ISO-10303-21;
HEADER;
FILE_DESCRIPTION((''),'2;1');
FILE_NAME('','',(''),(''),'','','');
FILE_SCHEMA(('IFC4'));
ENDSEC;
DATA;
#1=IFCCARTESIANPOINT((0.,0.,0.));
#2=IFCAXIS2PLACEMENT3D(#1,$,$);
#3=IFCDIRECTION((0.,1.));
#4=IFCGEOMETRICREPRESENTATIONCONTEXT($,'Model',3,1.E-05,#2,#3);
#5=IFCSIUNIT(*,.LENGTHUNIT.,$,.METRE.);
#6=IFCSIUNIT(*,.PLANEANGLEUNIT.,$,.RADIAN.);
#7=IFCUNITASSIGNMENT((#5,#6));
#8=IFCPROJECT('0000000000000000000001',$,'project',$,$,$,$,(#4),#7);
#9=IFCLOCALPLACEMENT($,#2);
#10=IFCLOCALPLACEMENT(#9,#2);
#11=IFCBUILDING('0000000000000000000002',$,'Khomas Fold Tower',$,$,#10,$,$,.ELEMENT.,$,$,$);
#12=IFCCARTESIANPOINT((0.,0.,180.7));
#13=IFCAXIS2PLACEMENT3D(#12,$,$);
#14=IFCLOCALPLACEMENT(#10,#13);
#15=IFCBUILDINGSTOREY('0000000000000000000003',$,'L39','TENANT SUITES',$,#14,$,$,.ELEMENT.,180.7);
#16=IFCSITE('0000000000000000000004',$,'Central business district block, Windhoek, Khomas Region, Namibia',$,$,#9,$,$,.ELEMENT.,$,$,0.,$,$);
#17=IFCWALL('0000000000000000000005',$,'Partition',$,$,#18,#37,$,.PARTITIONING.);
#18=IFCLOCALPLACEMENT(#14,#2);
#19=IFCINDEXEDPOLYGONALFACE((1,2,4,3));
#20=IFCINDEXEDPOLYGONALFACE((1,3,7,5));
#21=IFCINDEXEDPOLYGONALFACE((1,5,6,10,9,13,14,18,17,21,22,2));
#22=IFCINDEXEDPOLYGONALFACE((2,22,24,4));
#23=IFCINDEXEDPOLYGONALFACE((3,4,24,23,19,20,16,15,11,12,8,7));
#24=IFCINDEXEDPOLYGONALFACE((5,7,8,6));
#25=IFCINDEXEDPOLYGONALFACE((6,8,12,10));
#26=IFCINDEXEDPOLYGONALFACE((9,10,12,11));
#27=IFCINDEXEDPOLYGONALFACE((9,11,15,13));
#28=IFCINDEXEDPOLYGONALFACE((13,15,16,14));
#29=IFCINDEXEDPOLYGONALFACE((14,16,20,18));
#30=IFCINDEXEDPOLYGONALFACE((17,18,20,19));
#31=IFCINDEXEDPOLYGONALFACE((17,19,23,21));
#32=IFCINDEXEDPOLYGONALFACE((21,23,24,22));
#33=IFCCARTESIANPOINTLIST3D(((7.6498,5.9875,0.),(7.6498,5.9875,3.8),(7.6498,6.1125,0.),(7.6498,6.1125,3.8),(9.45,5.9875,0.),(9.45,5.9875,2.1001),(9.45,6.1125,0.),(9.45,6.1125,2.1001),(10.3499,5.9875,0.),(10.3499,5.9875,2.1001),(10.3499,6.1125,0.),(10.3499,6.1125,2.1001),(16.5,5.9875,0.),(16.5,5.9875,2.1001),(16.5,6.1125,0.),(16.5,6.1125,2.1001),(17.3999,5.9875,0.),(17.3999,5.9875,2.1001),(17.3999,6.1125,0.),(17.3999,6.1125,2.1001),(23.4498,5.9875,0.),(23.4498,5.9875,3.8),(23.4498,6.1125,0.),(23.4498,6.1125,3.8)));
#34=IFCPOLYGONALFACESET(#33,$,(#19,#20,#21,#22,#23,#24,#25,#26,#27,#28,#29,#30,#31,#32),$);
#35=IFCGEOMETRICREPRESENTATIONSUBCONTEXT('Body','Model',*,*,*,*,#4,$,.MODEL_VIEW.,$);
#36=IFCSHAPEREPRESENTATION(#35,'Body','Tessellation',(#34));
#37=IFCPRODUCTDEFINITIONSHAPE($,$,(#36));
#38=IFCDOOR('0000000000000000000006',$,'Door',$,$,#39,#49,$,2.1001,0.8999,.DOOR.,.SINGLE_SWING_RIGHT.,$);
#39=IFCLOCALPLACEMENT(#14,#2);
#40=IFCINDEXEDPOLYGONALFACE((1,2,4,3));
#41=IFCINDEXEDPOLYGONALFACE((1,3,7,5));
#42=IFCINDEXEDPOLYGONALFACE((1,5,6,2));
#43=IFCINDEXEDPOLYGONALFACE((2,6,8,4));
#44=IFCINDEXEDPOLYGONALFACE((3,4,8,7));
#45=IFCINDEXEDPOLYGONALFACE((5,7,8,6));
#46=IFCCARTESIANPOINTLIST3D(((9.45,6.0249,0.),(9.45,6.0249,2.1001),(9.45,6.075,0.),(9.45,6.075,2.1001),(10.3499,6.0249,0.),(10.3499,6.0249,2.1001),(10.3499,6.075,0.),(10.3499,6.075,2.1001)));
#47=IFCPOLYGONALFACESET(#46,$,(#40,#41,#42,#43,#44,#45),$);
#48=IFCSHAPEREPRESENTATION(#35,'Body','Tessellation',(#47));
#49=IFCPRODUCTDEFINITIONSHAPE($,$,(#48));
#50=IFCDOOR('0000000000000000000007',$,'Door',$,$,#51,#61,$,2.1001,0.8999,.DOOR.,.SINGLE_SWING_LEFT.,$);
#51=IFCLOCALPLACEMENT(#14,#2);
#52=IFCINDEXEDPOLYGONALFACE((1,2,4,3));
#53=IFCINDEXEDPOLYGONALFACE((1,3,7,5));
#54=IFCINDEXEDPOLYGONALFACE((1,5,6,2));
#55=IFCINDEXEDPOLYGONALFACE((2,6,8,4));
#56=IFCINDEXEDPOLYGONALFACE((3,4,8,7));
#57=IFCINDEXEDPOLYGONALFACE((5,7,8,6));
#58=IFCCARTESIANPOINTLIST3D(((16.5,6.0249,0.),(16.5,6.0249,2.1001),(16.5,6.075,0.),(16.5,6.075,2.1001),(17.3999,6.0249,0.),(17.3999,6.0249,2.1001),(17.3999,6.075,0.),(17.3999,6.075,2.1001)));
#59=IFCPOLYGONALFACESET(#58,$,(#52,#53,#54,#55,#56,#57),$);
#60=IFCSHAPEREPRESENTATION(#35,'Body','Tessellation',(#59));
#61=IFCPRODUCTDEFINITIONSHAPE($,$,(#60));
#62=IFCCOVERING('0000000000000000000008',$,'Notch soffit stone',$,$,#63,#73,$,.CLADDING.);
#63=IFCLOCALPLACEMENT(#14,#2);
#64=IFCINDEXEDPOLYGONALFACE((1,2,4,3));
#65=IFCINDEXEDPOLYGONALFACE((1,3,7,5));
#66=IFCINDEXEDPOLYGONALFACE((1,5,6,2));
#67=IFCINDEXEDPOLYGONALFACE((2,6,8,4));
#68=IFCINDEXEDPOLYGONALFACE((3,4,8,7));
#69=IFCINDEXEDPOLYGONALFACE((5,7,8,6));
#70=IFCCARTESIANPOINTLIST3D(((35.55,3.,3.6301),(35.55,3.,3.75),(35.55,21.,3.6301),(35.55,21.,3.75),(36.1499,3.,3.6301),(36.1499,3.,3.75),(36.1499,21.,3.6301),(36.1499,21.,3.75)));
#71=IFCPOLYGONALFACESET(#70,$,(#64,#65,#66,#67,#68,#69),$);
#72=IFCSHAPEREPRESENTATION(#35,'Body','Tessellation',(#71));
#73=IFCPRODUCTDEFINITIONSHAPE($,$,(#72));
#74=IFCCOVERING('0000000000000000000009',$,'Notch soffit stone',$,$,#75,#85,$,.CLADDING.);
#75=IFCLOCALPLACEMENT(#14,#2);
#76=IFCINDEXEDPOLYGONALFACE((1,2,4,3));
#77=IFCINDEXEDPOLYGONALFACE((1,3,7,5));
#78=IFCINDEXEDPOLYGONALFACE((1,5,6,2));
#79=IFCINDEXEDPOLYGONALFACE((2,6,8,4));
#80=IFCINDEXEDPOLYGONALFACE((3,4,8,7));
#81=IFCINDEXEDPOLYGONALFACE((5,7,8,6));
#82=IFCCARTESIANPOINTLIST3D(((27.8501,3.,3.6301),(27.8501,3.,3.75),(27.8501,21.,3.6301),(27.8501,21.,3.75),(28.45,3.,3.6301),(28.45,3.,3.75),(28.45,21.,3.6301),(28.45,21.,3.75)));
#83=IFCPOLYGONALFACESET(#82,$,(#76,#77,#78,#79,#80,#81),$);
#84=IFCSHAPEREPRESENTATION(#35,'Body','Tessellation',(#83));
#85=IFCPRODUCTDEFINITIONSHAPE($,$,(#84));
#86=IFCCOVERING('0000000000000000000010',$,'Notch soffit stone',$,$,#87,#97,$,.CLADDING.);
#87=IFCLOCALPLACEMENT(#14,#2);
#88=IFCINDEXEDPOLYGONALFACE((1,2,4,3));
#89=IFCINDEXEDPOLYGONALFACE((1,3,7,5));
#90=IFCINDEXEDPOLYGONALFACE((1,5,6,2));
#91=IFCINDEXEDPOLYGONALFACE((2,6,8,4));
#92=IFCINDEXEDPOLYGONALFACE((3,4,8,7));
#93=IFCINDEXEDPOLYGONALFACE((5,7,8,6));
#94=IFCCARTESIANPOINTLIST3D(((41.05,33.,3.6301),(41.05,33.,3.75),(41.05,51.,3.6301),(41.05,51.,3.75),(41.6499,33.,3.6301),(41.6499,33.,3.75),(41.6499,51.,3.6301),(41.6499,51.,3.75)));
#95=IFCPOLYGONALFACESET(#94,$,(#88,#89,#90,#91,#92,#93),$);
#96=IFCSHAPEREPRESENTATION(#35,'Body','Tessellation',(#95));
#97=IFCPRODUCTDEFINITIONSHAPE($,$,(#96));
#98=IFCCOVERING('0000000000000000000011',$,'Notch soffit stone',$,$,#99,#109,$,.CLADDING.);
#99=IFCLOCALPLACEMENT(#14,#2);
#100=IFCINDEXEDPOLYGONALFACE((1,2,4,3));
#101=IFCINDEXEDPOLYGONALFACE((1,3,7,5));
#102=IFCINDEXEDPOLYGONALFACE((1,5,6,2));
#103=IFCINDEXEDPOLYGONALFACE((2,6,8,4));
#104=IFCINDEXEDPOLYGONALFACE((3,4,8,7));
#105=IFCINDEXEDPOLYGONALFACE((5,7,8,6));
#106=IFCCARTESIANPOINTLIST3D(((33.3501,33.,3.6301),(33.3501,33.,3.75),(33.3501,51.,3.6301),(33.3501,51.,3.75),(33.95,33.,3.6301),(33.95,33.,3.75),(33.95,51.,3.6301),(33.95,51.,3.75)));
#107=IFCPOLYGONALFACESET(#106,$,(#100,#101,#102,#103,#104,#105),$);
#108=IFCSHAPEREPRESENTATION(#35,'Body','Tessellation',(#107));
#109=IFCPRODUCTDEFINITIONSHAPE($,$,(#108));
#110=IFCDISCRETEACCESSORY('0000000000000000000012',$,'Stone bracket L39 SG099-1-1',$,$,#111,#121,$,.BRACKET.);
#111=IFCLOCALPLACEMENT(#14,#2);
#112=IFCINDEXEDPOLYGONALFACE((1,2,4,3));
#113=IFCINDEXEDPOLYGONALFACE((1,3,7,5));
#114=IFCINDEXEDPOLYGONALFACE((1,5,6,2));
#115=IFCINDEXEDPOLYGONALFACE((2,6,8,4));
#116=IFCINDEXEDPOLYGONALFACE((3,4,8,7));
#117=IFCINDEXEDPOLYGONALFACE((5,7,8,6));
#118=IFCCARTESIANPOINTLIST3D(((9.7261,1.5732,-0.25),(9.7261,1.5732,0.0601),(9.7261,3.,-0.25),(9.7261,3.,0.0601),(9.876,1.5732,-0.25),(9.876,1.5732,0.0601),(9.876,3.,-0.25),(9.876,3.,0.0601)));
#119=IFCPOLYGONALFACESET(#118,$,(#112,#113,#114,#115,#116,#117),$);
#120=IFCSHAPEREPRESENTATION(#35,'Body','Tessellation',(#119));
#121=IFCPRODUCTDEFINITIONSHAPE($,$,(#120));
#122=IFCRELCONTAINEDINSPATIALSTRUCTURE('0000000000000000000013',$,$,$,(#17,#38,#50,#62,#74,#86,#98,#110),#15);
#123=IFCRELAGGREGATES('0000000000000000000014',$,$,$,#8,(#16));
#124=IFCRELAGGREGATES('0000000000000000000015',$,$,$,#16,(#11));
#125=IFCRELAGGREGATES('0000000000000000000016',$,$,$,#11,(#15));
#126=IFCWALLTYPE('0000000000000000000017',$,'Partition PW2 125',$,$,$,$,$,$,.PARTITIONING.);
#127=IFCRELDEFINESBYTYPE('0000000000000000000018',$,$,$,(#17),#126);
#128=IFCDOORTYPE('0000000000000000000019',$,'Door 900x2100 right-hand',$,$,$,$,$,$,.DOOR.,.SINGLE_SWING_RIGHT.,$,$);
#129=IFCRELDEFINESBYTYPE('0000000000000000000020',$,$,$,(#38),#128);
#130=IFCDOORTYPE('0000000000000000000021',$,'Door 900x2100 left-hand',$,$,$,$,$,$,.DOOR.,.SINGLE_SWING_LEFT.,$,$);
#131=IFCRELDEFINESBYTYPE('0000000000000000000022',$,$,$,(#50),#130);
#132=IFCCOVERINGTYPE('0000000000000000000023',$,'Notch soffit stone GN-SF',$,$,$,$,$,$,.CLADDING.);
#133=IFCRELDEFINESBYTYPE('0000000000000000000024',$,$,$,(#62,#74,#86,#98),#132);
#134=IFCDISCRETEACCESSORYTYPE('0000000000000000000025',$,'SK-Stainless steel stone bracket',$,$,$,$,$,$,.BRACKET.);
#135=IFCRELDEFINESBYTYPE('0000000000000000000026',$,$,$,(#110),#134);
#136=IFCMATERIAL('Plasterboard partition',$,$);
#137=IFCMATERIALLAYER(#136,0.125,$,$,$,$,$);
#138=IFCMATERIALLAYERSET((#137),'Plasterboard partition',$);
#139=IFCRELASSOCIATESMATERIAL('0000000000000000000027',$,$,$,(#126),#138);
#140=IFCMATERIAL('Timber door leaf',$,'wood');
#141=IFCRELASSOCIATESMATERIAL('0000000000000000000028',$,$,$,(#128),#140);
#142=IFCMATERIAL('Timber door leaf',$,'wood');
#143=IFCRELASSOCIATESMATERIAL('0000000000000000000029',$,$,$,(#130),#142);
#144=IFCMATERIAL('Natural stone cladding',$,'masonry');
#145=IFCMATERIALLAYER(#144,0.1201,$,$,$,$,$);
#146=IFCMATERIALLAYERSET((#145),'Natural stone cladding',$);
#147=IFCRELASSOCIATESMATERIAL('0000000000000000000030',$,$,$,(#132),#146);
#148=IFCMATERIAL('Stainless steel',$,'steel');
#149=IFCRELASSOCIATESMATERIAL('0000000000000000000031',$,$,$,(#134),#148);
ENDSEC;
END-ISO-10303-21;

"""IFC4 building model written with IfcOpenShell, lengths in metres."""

from ifc_helpers import new_model, si_unit, direction, frame, frame_2d, origin, origin_2d, place, context, subcontext, project, spatial, polyline, rectangle, outline, extrude, source, transform, mapped, material, layer, layer_set, type_object, element, fill, save


model = new_model("IFC4")

# Units and contexts
model_context = context("Model", 3, precision=1e-05, world=origin(), true_north=direction((0.0, 1.0)))
body_context = subcontext(model_context, "Body", "Model", "MODEL_VIEW")
ifc_project = project(units=[si_unit("LENGTHUNIT", "METRE"), si_unit("PLANEANGLEUNIT", "RADIAN")], contexts=[model_context])

# Site, building, storey
site_placement = place(None, origin())
site = spatial("IfcSite", under=ifc_project, at=site_placement, Name="Central business district block, Windhoek, Khomas Region, Namibia", CompositionType="ELEMENT", RefElevation=0.0)
building_placement = place(site_placement, origin())
building = spatial("IfcBuilding", under=site, at=building_placement, Name="Khomas Fold Tower", CompositionType="ELEMENT")
storey_placement = place(building_placement, frame((0.0, 0.0, 180.7)))
storey = spatial("IfcBuildingStorey", under=building, at=storey_placement, Name="L39", Description="TENANT SUITES", CompositionType="ELEMENT", Elevation=180.7)

# Wall, openings, doors
ifc_material_1 = material(Name="Plasterboard partition")
ifc_layer_1 = layer(ifc_material_1, 0.125)
ifc_layer_set_1 = layer_set([ifc_layer_1], Name="Plasterboard partition")
wall_type_1 = type_object("IfcWallType", Name="Partition PW2 125", PredefinedType="PARTITIONING", material=ifc_layer_set_1)
shared_shape_1 = source(origin(), body_context, "Body", "SweptSolid", [
    extrude(rectangle(XDim=15.8, YDim=0.125, at=frame_2d((7.8999, 0.0))), origin(), (0.0, 0.0, 1.0), 3.8),
])
wall_1_placement = place(storey_placement, frame((7.6499, 6.05, 0.0), z_axis=(0.0, 0.0, 1.0), x_axis=(1.0, 0.0, 0.0)))
wall_1 = element("IfcWall", 1, at=wall_1_placement, inside=storey, type_object=wall_type_1, Name="Partition", PredefinedType="PARTITIONING", context=body_context, shape_type="MappedRepresentation", body=[
    mapped(shared_shape_1, transform((0.0, 0.0, 0.0))),
])
shared_shape_2 = source(origin(), body_context, "Body", "SweptSolid", [
    extrude(rectangle(XDim=0.8999, YDim=2.1001, at=frame_2d((0.45, 1.05))), frame((0.0, 0.0725, 0.0), z_axis=(0.0, -1.0, 0.0), x_axis=(1.0, 0.0, 0.0)), (0.0, 0.0, 1.0), 0.145),
])
opening_1_placement = place(wall_1_placement, frame((1.8, 0.0, 0.0)))
opening_1 = element("IfcOpeningElement", 2, at=opening_1_placement, cuts=wall_1, PredefinedType="OPENING", context=body_context, shape_type="MappedRepresentation", body=[
    mapped(shared_shape_2, transform((0.0, 0.0, 0.0))),
])
opening_2_placement = place(wall_1_placement, frame((8.8501, 0.0, 0.0)))
opening_2 = element("IfcOpeningElement", 3, at=opening_2_placement, cuts=wall_1, PredefinedType="OPENING", context=body_context, shape_type="MappedRepresentation", body=[
    mapped(shared_shape_2, transform((0.0, 0.0, 0.0))),
])
ifc_material_2 = material(Name="Timber door leaf", Category="wood")
door_type_1 = type_object("IfcDoorType", Name="Door 900x2100 right-hand", OperationType="SINGLE_SWING_RIGHT", PredefinedType="DOOR", material=ifc_material_2)
shared_shape_3 = source(origin(), body_context, "Body", "SweptSolid", [
    extrude(rectangle(XDim=0.8999, YDim=2.1001, at=frame_2d((0.45, 1.05))), frame((0.0, 0.0249, 0.0), z_axis=(0.0, -1.0, 0.0), x_axis=(1.0, 0.0, 0.0)), (0.0, 0.0, 1.0), 0.05),
])
door_1_placement = place(opening_1_placement, origin())
door_1 = element("IfcDoor", 4, at=door_1_placement, inside=storey, type_object=door_type_1, Name="Door", OperationType="SINGLE_SWING_RIGHT", OverallHeight=2.1001, OverallWidth=0.8999, PredefinedType="DOOR", context=body_context, shape_type="MappedRepresentation", body=[
    mapped(shared_shape_3, transform((0.0, 0.0, 0.0))),
])
fill(opening_1, door_1)
ifc_material_3 = material(Name="Timber door leaf", Category="wood")
door_type_2 = type_object("IfcDoorType", Name="Door 900x2100 left-hand", OperationType="SINGLE_SWING_LEFT", PredefinedType="DOOR", material=ifc_material_3)
door_2_placement = place(opening_2_placement, origin())
door_2 = element("IfcDoor", 5, at=door_2_placement, inside=storey, type_object=door_type_2, Name="Door", OperationType="SINGLE_SWING_LEFT", OverallHeight=2.1001, OverallWidth=0.8999, PredefinedType="DOOR", context=body_context, shape_type="MappedRepresentation", body=[
    mapped(shared_shape_3, transform((0.0, 0.0, 0.0))),
])
fill(opening_2, door_2)

# Coverings
ifc_material_4 = material(Name="Natural stone cladding", Category="masonry")
ifc_layer_2 = layer(ifc_material_4, 0.1201)
ifc_layer_set_2 = layer_set([ifc_layer_2], Name="Natural stone cladding")
covering_type = type_object("IfcCoveringType", Name="Notch soffit stone GN-SF", PredefinedType="CLADDING", material=ifc_layer_set_2)
shared_shape_4 = source(origin(), body_context, "Body", "SweptSolid", [
    extrude(outline(polyline([(35.55, 21.0), (35.55, 3.0), (36.1499, 3.0), (36.1499, 21.0), (35.55, 21.0)])), origin(), (0.0, 0.0, 1.0), 0.1199),
])
covering_1_placement = place(storey_placement, frame((0.0, 0.0, 3.6301)))
element("IfcCovering", 6, at=covering_1_placement, inside=storey, type_object=covering_type, Name="Notch soffit stone", PredefinedType="CLADDING", context=body_context, shape_type="MappedRepresentation", body=[
    mapped(shared_shape_4, transform((0.0, 0.0, 0.0))),
])
shared_shape_5 = source(origin(), body_context, "Body", "SweptSolid", [
    extrude(outline(polyline([(28.45, 3.0), (28.45, 21.0), (27.8501, 21.0), (27.8501, 3.0), (28.45, 3.0)])), origin(), (0.0, 0.0, 1.0), 0.1199),
])
covering_2_placement = place(storey_placement, frame((0.0, 0.0, 3.6301)))
element("IfcCovering", 7, at=covering_2_placement, inside=storey, type_object=covering_type, Name="Notch soffit stone", PredefinedType="CLADDING", context=body_context, shape_type="MappedRepresentation", body=[
    mapped(shared_shape_5, transform((0.0, 0.0, 0.0))),
])
shared_shape_6 = source(origin(), body_context, "Body", "SweptSolid", [
    extrude(outline(polyline([(41.05, 51.0), (41.05, 33.0), (41.6499, 33.0), (41.6499, 51.0), (41.05, 51.0)])), origin(), (0.0, 0.0, 1.0), 0.1199),
])
covering_3_placement = place(storey_placement, frame((0.0, 0.0, 3.6301)))
element("IfcCovering", 8, at=covering_3_placement, inside=storey, type_object=covering_type, Name="Notch soffit stone", PredefinedType="CLADDING", context=body_context, shape_type="MappedRepresentation", body=[
    mapped(shared_shape_6, transform((0.0, 0.0, 0.0))),
])
shared_shape_7 = source(origin(), body_context, "Body", "SweptSolid", [
    extrude(outline(polyline([(33.95, 33.0), (33.95, 51.0), (33.3501, 51.0), (33.3501, 33.0), (33.95, 33.0)])), origin(), (0.0, 0.0, 1.0), 0.1199),
])
covering_4_placement = place(storey_placement, frame((0.0, 0.0, 3.6301)))
element("IfcCovering", 9, at=covering_4_placement, inside=storey, type_object=covering_type, Name="Notch soffit stone", PredefinedType="CLADDING", context=body_context, shape_type="MappedRepresentation", body=[
    mapped(shared_shape_7, transform((0.0, 0.0, 0.0))),
])

# Discrete accessory
ifc_material_5 = material(Name="Stainless steel", Category="steel")
discrete_accessory_type = type_object("IfcDiscreteAccessoryType", Name="SK-Stainless steel stone bracket", PredefinedType="BRACKET", material=ifc_material_5)
shared_shape_8 = source(origin(), body_context, "Body", "SweptSolid", [
    extrude(rectangle(XDim=1.4268, YDim=0.1499, at=origin_2d()), origin(), (0.0, 0.0, 1.0), 0.3101),
])
discrete_accessory_placement = place(storey_placement, frame((9.801, 2.2866, -0.25), z_axis=(0.0, 0.0, 1.0), x_axis=(0.0, -1.0, 0.0)))
element("IfcDiscreteAccessory", 10, at=discrete_accessory_placement, inside=storey, type_object=discrete_accessory_type, Name="Stone bracket L39 SG099-1-1", PredefinedType="BRACKET", context=body_context, shape_type="MappedRepresentation", body=[
    mapped(shared_shape_8, transform((0.0, 0.0, 0.0))),
])

save(model, "model.ifc")
